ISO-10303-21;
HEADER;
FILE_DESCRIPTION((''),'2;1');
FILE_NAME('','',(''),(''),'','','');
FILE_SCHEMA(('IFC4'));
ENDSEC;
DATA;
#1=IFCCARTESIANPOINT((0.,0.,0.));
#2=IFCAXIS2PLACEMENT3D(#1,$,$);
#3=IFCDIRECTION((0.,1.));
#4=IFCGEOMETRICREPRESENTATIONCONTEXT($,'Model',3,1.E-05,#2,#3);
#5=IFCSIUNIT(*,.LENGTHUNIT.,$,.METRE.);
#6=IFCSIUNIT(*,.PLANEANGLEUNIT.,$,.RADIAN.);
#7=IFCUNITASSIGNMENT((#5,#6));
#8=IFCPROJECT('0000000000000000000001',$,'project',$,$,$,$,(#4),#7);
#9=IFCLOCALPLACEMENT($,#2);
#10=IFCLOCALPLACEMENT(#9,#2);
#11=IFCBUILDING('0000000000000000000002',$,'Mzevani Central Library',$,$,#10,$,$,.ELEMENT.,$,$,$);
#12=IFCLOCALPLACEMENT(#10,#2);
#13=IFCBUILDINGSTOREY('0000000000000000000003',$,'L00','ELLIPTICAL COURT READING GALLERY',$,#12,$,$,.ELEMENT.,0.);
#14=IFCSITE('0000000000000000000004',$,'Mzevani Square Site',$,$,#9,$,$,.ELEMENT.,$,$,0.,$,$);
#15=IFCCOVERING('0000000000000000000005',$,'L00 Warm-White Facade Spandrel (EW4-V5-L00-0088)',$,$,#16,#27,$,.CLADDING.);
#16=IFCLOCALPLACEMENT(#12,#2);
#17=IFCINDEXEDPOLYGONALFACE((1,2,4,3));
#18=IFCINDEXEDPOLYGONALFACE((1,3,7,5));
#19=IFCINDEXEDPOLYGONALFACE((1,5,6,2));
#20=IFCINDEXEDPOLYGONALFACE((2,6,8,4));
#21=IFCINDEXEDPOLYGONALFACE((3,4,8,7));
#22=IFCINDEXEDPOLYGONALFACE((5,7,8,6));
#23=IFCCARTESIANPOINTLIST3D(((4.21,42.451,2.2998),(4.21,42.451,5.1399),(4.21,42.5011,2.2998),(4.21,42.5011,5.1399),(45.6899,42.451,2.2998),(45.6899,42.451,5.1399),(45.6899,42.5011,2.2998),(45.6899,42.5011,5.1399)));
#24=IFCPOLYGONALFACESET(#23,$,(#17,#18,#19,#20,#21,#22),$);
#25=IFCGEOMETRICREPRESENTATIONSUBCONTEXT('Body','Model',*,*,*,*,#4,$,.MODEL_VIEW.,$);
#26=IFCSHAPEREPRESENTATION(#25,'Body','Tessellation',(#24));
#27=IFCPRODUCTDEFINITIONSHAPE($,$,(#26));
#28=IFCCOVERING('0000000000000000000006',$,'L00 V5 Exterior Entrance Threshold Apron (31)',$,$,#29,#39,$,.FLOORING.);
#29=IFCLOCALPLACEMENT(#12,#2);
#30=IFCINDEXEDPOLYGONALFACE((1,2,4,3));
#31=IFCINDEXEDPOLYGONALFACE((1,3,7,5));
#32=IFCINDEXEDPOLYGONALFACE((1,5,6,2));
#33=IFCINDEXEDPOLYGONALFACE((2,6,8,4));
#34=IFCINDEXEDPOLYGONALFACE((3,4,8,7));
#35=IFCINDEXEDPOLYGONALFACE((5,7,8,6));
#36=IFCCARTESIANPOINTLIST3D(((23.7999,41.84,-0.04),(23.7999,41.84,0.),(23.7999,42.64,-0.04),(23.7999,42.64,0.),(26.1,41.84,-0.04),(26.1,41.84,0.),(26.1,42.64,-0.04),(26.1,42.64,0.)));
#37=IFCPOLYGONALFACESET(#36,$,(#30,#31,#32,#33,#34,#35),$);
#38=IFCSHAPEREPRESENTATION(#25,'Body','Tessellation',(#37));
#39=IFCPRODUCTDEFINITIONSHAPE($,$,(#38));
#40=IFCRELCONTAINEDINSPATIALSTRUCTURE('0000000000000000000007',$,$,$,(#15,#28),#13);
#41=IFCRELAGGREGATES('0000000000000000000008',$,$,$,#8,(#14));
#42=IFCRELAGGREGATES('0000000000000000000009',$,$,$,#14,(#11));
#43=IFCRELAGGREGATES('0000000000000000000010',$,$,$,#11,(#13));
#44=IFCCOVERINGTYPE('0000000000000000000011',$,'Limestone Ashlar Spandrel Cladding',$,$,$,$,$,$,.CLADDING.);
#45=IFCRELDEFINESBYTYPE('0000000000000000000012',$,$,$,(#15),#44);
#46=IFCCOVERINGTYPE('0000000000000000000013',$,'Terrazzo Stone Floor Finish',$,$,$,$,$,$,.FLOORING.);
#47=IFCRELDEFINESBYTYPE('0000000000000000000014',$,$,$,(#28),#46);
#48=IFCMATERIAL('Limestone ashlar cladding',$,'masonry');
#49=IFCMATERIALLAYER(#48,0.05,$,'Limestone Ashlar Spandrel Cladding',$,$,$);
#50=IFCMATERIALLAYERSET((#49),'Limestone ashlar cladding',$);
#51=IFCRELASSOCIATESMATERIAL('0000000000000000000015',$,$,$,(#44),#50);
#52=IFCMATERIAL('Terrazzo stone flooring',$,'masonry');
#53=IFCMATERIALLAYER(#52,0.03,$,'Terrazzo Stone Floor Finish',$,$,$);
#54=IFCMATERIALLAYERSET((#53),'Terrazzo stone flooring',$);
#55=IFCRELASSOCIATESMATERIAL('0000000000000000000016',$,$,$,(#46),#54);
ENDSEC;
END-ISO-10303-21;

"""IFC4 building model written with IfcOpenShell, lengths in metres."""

from ifc_helpers import new_model, si_unit, direction, frame, origin, origin_2d, place, context, subcontext, project, spatial, rectangle, extrude, material, layer, layer_set, type_object, element, save


model = new_model("IFC4")

# Units and contexts
model_context = context("Model", 3, precision=1e-05, world=origin(), true_north=direction((0.0, 1.0)))
body_context = subcontext(model_context, "Body", "Model", "MODEL_VIEW")
ifc_project = project(units=[si_unit("LENGTHUNIT", "METRE"), si_unit("PLANEANGLEUNIT", "RADIAN")], contexts=[model_context])

# Site, building, storey
site_placement = place(None, origin())
site = spatial("IfcSite", under=ifc_project, at=site_placement, Name="Mzevani Square Site", CompositionType="ELEMENT", RefElevation=0.0)
building_placement = place(site_placement, origin())
building = spatial("IfcBuilding", under=site, at=building_placement, Name="Mzevani Central Library", CompositionType="ELEMENT")
storey_placement = place(building_placement, origin())
storey = spatial("IfcBuildingStorey", under=building, at=storey_placement, Name="L00", Description="ELLIPTICAL COURT READING GALLERY", CompositionType="ELEMENT", Elevation=0.0)

# Coverings
ifc_material_1 = material(Name="Limestone ashlar cladding", Category="masonry")
ifc_layer_1 = layer(ifc_material_1, 0.05, Name="Limestone Ashlar Spandrel Cladding")
ifc_layer_set_1 = layer_set([ifc_layer_1], Name="Limestone ashlar cladding")
covering_type_1 = type_object("IfcCoveringType", Name="Limestone Ashlar Spandrel Cladding", PredefinedType="CLADDING", material=ifc_layer_set_1)
covering_1_placement = place(storey_placement, frame((24.95, 42.4761, 2.2998), z_axis=(0.0, 0.0, 1.0), x_axis=(-1.0, 0.0, 0.0)))
element("IfcCovering", 1, at=covering_1_placement, inside=storey, type_object=covering_type_1, Name="L00 Warm-White Facade Spandrel (EW4-V5-L00-0088)", PredefinedType="CLADDING", context=body_context, shape_type="SweptSolid", body=[
    extrude(rectangle(XDim=41.48, YDim=0.05, at=origin_2d()), origin(), (0.0, 0.0, 1.0), 2.8401),
])
ifc_material_2 = material(Name="Terrazzo stone flooring", Category="masonry")
ifc_layer_2 = layer(ifc_material_2, 0.03, Name="Terrazzo Stone Floor Finish")
ifc_layer_set_2 = layer_set([ifc_layer_2], Name="Terrazzo stone flooring")
covering_type_2 = type_object("IfcCoveringType", Name="Terrazzo Stone Floor Finish", PredefinedType="FLOORING", material=ifc_layer_set_2)
covering_2_placement = place(storey_placement, frame((24.95, 42.24, -0.04), z_axis=(0.0, 0.0, 1.0), x_axis=(-1.0, 0.0, 0.0)))
element("IfcCovering", 2, at=covering_2_placement, inside=storey, type_object=covering_type_2, Name="L00 V5 Exterior Entrance Threshold Apron (31)", PredefinedType="FLOORING", context=body_context, shape_type="SweptSolid", body=[
    extrude(rectangle(XDim=2.3, YDim=0.8, at=origin_2d()), origin(), (0.0, 0.0, 1.0), 0.04),
])

save(model, "model.ifc")
